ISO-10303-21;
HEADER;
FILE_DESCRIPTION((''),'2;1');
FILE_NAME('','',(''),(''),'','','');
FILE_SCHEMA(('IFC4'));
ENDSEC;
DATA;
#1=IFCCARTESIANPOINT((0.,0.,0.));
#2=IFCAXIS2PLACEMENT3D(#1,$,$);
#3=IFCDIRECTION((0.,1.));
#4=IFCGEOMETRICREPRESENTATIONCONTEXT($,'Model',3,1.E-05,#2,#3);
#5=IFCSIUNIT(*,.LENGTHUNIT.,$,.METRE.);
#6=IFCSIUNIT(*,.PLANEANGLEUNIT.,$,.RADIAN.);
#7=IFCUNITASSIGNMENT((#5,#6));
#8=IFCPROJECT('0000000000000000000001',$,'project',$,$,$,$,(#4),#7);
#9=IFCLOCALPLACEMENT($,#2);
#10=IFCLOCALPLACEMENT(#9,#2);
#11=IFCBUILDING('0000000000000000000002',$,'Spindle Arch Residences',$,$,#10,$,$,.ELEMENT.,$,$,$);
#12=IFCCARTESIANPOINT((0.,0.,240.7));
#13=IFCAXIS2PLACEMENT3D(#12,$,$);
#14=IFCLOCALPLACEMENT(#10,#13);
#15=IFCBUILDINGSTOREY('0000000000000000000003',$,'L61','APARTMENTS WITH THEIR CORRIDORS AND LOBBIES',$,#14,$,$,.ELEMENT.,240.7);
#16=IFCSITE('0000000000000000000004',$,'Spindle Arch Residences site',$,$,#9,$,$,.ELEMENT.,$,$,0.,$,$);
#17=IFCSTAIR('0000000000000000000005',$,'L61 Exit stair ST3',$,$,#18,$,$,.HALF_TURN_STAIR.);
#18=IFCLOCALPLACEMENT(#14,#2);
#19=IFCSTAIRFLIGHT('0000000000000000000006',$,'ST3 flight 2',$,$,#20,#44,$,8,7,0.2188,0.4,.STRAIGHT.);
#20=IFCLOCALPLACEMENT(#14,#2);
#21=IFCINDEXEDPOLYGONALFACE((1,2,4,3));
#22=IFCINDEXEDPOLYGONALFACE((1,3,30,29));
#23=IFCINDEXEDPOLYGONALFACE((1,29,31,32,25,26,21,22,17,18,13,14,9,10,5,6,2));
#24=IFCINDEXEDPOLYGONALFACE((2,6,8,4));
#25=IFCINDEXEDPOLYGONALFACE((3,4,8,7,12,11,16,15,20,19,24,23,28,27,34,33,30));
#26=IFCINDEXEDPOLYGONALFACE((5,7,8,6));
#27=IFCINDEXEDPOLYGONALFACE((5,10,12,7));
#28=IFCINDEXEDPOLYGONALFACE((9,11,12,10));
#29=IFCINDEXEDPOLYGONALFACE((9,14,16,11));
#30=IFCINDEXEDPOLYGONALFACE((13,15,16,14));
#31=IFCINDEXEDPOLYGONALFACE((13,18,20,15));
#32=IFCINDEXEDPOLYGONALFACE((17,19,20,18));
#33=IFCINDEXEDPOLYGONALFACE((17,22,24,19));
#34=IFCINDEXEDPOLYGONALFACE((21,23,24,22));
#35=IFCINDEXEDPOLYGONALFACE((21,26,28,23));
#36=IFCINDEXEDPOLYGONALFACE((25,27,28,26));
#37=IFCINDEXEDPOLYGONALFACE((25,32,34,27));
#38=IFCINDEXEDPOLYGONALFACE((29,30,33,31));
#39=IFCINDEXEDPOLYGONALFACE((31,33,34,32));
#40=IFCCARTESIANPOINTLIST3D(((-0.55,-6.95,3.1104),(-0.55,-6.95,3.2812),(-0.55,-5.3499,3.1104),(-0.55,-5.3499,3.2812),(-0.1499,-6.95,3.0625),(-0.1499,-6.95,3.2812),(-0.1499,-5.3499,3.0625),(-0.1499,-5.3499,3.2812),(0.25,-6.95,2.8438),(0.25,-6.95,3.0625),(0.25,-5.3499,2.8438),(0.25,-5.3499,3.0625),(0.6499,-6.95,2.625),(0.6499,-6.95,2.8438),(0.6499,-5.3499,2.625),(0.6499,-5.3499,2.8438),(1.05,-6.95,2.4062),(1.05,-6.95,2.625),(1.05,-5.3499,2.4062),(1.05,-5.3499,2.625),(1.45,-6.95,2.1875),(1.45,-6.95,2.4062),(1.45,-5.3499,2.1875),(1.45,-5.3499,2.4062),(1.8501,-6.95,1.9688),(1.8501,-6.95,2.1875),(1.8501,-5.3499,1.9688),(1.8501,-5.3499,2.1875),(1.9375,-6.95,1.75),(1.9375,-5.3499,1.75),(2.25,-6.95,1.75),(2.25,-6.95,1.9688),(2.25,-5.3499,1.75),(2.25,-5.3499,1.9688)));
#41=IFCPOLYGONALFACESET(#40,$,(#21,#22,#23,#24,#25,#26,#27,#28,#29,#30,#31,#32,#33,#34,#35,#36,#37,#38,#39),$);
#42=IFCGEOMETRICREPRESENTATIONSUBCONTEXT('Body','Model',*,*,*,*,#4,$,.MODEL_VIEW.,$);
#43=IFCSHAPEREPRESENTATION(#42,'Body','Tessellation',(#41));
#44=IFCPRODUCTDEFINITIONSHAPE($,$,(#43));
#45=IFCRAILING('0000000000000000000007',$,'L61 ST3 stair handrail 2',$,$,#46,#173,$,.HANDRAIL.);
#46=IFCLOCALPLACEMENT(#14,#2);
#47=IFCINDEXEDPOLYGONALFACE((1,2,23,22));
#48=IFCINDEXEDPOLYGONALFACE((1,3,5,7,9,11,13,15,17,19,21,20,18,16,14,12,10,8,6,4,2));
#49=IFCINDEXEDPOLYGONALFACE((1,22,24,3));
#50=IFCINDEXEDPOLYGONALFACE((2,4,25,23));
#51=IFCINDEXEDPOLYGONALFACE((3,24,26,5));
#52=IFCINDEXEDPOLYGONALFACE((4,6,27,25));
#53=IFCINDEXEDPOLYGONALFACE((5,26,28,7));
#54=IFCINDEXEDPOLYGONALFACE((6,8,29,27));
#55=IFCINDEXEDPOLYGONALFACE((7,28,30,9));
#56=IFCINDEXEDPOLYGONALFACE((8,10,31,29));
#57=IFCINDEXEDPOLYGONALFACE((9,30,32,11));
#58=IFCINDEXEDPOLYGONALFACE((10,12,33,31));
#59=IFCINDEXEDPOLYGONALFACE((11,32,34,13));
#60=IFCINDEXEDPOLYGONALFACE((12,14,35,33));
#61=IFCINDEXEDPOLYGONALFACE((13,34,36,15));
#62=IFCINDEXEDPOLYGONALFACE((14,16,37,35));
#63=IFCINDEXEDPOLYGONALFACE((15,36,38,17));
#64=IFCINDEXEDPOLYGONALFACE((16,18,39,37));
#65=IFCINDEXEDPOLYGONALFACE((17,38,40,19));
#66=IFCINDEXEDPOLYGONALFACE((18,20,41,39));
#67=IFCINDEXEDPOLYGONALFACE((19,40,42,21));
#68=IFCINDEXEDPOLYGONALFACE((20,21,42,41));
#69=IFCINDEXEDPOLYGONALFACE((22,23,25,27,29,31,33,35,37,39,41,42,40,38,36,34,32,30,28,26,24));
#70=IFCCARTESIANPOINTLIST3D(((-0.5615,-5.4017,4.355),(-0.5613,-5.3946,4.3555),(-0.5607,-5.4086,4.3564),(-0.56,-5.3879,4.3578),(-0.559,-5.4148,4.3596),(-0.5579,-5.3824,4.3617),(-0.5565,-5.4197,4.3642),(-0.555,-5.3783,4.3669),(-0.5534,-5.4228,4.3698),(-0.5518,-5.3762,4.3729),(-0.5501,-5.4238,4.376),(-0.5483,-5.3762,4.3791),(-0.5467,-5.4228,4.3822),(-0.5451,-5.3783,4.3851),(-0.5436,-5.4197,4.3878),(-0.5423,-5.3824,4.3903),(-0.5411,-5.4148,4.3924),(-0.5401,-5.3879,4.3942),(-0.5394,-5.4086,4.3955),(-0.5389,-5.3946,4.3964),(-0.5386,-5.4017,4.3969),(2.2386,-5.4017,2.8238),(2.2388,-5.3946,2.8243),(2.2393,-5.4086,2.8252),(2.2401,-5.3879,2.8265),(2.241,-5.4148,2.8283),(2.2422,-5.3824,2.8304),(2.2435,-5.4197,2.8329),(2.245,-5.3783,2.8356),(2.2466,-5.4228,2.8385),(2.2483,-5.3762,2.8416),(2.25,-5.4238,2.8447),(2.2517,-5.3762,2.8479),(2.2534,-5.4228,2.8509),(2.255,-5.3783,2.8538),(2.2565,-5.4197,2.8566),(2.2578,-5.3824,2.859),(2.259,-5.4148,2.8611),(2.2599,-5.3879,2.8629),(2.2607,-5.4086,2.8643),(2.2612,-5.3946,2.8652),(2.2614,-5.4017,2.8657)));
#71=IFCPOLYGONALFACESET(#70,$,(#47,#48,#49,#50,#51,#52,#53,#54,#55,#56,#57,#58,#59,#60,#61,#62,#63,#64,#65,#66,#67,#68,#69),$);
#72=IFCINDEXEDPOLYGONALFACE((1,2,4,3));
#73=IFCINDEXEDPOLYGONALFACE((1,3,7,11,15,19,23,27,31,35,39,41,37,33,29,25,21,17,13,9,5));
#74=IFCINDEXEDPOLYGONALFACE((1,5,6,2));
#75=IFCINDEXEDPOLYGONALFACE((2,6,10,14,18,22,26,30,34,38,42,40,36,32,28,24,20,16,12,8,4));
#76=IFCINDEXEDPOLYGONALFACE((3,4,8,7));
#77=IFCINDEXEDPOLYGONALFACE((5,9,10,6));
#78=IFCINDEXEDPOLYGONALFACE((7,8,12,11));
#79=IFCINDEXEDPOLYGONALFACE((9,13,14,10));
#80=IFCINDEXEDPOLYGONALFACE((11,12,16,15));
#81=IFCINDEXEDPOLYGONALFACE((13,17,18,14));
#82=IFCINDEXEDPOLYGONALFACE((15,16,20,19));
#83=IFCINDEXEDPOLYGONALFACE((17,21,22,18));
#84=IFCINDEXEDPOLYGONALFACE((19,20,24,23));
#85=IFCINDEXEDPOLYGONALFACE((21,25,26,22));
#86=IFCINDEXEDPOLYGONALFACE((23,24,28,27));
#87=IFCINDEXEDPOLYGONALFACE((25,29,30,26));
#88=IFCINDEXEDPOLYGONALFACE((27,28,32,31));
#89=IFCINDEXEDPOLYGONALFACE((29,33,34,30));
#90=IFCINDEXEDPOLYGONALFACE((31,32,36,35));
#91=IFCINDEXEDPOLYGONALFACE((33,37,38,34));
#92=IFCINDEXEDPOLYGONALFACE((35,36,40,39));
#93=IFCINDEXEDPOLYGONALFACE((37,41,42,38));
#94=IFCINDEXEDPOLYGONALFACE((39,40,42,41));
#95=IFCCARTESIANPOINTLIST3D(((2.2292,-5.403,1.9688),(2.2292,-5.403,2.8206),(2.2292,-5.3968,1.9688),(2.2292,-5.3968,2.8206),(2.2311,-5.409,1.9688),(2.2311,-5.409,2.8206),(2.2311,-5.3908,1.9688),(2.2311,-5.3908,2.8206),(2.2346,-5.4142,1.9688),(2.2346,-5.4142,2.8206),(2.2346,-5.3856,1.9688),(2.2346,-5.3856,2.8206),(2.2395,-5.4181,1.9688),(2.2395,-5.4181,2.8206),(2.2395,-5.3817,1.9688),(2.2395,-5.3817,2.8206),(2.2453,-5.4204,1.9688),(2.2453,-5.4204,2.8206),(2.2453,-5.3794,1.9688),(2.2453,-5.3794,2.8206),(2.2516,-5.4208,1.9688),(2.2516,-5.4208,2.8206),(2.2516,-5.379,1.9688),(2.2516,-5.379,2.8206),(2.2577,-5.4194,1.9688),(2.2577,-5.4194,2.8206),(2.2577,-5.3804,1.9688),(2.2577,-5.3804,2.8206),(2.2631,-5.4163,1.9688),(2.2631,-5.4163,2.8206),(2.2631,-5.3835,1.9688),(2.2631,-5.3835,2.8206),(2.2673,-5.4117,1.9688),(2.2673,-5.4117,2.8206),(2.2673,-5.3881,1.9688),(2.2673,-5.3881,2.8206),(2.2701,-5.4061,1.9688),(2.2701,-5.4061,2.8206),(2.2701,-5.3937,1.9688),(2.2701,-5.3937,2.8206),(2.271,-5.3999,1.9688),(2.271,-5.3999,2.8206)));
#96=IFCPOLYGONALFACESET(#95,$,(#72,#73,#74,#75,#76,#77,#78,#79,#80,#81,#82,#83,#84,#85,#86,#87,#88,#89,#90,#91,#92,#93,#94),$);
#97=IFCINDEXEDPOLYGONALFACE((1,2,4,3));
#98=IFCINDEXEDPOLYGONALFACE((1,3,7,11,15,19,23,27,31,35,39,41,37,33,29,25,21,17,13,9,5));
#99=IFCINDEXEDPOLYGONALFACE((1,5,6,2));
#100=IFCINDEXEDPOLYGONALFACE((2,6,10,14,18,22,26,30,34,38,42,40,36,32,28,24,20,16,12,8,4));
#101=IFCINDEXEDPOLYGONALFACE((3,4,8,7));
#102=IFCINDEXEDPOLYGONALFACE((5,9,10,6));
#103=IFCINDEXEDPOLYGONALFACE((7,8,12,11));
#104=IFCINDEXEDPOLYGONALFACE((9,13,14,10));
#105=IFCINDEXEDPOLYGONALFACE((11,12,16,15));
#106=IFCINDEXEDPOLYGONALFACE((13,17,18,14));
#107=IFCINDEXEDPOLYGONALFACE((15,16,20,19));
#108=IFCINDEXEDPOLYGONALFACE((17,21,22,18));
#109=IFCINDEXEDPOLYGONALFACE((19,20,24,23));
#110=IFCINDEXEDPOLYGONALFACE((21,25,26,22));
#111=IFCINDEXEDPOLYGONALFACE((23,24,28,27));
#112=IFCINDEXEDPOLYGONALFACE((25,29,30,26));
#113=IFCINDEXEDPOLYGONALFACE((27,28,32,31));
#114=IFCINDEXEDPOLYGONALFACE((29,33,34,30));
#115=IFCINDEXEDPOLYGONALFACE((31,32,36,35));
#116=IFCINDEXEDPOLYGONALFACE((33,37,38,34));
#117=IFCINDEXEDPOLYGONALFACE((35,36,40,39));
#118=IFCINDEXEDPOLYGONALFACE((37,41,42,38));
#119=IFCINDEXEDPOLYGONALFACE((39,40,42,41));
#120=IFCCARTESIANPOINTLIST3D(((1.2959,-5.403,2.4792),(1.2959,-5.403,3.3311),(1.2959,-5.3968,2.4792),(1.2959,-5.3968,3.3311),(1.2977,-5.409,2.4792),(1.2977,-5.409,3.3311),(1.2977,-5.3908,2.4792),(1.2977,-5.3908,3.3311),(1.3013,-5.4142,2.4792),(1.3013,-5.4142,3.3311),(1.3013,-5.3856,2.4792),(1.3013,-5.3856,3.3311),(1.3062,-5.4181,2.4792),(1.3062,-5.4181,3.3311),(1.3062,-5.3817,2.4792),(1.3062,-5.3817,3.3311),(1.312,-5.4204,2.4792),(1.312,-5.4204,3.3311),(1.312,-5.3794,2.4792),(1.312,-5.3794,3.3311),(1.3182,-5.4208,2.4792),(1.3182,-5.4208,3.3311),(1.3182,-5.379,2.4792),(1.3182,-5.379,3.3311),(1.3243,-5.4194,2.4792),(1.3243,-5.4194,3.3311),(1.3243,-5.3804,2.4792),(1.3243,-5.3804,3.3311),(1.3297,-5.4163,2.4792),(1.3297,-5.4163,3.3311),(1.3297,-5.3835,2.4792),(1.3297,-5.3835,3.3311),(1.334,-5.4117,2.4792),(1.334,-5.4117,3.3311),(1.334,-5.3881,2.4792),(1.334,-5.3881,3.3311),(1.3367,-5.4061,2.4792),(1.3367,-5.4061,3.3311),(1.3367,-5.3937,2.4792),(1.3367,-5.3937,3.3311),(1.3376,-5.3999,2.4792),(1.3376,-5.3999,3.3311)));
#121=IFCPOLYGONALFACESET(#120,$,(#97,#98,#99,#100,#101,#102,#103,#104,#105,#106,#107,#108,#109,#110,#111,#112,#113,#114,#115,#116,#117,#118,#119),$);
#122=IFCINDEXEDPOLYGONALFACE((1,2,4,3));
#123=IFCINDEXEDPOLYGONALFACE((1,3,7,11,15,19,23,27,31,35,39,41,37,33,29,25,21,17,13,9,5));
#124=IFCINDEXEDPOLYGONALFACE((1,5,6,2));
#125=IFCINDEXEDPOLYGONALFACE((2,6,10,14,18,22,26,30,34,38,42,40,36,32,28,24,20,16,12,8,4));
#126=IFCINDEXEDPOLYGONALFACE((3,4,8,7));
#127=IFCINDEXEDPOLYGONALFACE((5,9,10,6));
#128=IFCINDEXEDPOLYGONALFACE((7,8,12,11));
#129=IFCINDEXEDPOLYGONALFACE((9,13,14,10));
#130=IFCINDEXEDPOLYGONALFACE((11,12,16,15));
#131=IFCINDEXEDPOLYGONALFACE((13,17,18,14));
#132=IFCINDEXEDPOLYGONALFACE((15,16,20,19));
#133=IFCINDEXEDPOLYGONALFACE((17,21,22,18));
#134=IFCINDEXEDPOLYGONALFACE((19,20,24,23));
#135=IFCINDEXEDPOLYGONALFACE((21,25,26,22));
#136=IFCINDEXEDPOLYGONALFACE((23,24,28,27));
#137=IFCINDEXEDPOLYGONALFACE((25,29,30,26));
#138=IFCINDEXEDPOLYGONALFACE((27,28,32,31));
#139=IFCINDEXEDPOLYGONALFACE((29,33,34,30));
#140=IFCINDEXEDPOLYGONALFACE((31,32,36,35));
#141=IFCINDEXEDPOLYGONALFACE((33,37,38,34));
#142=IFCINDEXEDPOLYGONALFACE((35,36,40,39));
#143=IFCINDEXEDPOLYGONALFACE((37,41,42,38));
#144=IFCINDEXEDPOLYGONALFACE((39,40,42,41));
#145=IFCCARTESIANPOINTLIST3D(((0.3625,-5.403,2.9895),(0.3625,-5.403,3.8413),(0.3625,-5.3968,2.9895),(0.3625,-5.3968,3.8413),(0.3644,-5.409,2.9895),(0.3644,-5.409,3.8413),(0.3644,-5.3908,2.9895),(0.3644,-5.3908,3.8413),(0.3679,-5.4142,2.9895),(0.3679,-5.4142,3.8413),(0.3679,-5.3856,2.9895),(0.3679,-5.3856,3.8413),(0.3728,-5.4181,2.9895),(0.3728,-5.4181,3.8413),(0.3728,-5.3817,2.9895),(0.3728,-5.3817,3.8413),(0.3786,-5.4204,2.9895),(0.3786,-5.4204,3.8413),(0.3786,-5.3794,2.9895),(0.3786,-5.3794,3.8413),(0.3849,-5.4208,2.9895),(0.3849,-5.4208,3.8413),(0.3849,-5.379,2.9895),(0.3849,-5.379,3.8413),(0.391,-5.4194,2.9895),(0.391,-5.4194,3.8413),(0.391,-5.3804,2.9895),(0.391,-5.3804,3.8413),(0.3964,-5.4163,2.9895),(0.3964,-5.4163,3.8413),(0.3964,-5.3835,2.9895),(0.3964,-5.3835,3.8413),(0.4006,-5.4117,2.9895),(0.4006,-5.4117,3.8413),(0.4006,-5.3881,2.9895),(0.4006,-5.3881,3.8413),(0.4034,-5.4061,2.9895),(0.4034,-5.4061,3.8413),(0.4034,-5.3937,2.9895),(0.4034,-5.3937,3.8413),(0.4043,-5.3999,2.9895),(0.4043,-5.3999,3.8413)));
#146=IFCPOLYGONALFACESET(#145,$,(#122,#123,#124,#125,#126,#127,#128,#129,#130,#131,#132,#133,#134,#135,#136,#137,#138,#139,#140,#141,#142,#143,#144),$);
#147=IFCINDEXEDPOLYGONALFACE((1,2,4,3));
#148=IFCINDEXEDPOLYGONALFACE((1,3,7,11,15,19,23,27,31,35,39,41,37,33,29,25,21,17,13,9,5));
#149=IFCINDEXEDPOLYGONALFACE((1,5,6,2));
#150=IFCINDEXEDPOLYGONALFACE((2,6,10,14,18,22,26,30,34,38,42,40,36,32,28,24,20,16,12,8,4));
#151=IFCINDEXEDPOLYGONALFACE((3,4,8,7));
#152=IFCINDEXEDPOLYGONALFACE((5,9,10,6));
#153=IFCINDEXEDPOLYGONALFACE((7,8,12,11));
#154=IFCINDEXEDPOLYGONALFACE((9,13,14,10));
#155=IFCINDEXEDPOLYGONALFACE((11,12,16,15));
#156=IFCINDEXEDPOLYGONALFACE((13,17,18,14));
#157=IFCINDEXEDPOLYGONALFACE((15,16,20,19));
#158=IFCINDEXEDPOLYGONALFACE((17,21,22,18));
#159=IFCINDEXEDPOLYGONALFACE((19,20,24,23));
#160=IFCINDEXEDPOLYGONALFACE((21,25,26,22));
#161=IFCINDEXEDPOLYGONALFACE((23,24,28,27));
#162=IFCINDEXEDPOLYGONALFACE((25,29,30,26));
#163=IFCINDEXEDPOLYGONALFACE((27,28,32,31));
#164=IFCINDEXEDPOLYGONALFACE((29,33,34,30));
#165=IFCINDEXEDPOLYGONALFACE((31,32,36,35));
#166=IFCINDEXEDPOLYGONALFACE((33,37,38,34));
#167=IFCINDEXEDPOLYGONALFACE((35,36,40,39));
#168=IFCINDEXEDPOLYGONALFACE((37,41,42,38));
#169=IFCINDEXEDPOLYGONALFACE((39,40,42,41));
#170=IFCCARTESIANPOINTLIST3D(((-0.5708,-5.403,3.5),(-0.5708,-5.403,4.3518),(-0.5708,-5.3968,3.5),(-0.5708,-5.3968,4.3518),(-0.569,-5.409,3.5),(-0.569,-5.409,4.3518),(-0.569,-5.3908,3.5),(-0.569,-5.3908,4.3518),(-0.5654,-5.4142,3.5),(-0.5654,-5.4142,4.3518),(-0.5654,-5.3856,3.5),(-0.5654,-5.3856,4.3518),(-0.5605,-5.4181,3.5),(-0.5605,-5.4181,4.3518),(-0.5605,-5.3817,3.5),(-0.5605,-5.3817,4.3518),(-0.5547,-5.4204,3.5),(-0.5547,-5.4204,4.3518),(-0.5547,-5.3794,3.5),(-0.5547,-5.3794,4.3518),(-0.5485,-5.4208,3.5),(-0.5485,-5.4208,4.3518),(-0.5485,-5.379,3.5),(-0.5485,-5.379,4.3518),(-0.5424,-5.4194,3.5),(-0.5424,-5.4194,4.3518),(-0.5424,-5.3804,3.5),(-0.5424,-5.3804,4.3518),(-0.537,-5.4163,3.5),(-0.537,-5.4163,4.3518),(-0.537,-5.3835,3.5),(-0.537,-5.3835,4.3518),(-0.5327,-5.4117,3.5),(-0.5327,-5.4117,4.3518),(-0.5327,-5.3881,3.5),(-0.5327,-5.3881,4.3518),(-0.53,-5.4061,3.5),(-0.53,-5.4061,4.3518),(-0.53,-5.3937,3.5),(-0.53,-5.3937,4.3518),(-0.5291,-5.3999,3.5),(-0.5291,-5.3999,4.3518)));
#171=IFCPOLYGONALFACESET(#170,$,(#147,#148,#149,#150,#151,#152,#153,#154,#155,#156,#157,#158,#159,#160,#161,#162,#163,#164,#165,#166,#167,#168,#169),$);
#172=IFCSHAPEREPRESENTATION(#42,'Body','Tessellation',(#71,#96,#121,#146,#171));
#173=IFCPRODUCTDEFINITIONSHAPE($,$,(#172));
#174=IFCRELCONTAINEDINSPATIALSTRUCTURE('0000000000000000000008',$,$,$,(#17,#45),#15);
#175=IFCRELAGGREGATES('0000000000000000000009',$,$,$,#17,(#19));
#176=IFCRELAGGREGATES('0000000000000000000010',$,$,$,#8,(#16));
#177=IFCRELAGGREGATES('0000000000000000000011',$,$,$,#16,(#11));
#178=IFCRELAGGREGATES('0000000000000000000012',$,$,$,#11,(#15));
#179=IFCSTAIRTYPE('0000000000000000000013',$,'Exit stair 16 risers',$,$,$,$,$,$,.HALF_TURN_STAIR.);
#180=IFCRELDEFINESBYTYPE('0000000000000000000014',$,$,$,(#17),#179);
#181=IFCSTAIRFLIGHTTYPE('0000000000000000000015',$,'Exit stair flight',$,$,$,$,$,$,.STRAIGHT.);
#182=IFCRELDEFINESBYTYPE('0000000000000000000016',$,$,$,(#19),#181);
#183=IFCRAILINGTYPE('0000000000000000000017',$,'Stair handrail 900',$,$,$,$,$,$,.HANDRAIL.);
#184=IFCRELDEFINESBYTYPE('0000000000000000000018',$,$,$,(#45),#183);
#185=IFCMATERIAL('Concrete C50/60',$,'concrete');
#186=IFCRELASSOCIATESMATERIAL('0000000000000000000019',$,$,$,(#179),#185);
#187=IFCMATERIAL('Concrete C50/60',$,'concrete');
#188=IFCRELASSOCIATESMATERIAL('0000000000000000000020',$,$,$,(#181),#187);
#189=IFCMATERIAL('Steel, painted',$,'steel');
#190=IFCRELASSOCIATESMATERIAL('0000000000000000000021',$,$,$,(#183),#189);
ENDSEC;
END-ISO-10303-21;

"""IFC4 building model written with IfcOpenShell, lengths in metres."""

from ifc_helpers import new_model, si_unit, direction, frame, origin, origin_2d, place, context, subcontext, project, spatial, polyline, circle, outline, extrude, material, type_object, element, aggregate, save


model = new_model("IFC4")

# Units and contexts
model_context = context("Model", 3, precision=1e-05, world=origin(), true_north=direction((0.0, 1.0)))
body_context = subcontext(model_context, "Body", "Model", "MODEL_VIEW")
ifc_project = project(units=[si_unit("LENGTHUNIT", "METRE"), si_unit("PLANEANGLEUNIT", "RADIAN")], contexts=[model_context])

# Site, building, storey
site_placement = place(None, origin())
site = spatial("IfcSite", under=ifc_project, at=site_placement, Name="Spindle Arch Residences site", CompositionType="ELEMENT", RefElevation=0.0)
building_placement = place(site_placement, origin())
building = spatial("IfcBuilding", under=site, at=building_placement, Name="Spindle Arch Residences", CompositionType="ELEMENT")
storey_placement = place(building_placement, frame((0.0, 0.0, 240.7)))
storey = spatial("IfcBuildingStorey", under=building, at=storey_placement, Name="L61", Description="APARTMENTS WITH THEIR CORRIDORS AND LOBBIES", CompositionType="ELEMENT", Elevation=240.7)

# Stair
ifc_material_1 = material(Name="Concrete C50/60", Category="concrete")
stair_type = type_object("IfcStairType", Name="Exit stair 16 risers", PredefinedType="HALF_TURN_STAIR", material=ifc_material_1)
stair_1_placement = place(storey_placement, origin())
stair_1 = element("IfcStair", 1, at=stair_1_placement, inside=storey, type_object=stair_type, Name="L61 Exit stair ST3", PredefinedType="HALF_TURN_STAIR")

# Stair flight
ifc_material_2 = material(Name="Concrete C50/60", Category="concrete")
stair_flight_type = type_object("IfcStairFlightType", Name="Exit stair flight", PredefinedType="STRAIGHT", material=ifc_material_2)
stair_flight_placement = place(storey_placement, frame((2.25, -6.1499, 1.75), z_axis=(0.0, 0.0, 1.0), x_axis=(-1.0, 0.0, 0.0)))
stair_flight = element("IfcStairFlight", 2, at=stair_flight_placement, type_object=stair_flight_type, Name="ST3 flight 2", NumberOfRisers=8, NumberOfTreads=7, PredefinedType="STRAIGHT", RiserHeight=0.2188, TreadLength=0.4, context=body_context, shape_type="SweptSolid", body=[
    extrude(outline(polyline([(0.0, 0.0), (0.0, 0.2188), (0.3999, 0.2188), (0.3999, 0.4375), (0.8, 0.4375), (0.8, 0.6562), (1.2, 0.6562), (1.2, 0.875), (1.6001, 0.875), (1.6001, 1.0938), (2.0, 1.0938), (2.0, 1.3125), (2.3999, 1.3125), (2.3999, 1.5312), (2.8, 1.5312), (2.8, 1.75), (2.8, 1.3604), (0.3125, 0.0), (0.0, 0.0)])), frame((0.0, 0.8, 0.0), z_axis=(0.0, -1.0, 0.0), x_axis=(1.0, 0.0, 0.0)), (0.0, 0.0, 1.0), 1.6001),
])
aggregate(stair_1, [stair_flight])

# Railing
ifc_material_3 = material(Name="Steel, painted", Category="steel")
railing_type = type_object("IfcRailingType", Name="Stair handrail 900", PredefinedType="HANDRAIL", material=ifc_material_3)
railing_placement = place(storey_placement, frame((2.25, -5.3999, 1.9688)))
element("IfcRailing", 3, at=railing_placement, inside=storey, type_object=railing_type, Name="L61 ST3 stair handrail 2", PredefinedType="HANDRAIL", context=body_context, shape_type="SweptSolid", body=[
    extrude(circle(Radius=0.0239, at=origin_2d()), frame((0.0, 0.0, 0.876), z_axis=(-0.877375, 0.0, 0.479806), x_axis=(0.0, -1.0, 0.0)), (0.0, 0.0, 1.0), 3.1914),
    extrude(circle(Radius=0.021, at=origin_2d()), origin(), (0.0, 0.0, 1.0), 0.8518),
    extrude(circle(Radius=0.021, at=origin_2d()), frame((-0.9333, 0.0, 0.5105)), (0.0, 0.0, 1.0), 0.8518),
    extrude(circle(Radius=0.021, at=origin_2d()), frame((-1.8667, 0.0, 1.0208)), (0.0, 0.0, 1.0), 0.8518),
    extrude(circle(Radius=0.021, at=origin_2d()), frame((-2.8, 0.0, 1.5312)), (0.0, 0.0, 1.0), 0.8518),
])

save(model, "model.ifc")
